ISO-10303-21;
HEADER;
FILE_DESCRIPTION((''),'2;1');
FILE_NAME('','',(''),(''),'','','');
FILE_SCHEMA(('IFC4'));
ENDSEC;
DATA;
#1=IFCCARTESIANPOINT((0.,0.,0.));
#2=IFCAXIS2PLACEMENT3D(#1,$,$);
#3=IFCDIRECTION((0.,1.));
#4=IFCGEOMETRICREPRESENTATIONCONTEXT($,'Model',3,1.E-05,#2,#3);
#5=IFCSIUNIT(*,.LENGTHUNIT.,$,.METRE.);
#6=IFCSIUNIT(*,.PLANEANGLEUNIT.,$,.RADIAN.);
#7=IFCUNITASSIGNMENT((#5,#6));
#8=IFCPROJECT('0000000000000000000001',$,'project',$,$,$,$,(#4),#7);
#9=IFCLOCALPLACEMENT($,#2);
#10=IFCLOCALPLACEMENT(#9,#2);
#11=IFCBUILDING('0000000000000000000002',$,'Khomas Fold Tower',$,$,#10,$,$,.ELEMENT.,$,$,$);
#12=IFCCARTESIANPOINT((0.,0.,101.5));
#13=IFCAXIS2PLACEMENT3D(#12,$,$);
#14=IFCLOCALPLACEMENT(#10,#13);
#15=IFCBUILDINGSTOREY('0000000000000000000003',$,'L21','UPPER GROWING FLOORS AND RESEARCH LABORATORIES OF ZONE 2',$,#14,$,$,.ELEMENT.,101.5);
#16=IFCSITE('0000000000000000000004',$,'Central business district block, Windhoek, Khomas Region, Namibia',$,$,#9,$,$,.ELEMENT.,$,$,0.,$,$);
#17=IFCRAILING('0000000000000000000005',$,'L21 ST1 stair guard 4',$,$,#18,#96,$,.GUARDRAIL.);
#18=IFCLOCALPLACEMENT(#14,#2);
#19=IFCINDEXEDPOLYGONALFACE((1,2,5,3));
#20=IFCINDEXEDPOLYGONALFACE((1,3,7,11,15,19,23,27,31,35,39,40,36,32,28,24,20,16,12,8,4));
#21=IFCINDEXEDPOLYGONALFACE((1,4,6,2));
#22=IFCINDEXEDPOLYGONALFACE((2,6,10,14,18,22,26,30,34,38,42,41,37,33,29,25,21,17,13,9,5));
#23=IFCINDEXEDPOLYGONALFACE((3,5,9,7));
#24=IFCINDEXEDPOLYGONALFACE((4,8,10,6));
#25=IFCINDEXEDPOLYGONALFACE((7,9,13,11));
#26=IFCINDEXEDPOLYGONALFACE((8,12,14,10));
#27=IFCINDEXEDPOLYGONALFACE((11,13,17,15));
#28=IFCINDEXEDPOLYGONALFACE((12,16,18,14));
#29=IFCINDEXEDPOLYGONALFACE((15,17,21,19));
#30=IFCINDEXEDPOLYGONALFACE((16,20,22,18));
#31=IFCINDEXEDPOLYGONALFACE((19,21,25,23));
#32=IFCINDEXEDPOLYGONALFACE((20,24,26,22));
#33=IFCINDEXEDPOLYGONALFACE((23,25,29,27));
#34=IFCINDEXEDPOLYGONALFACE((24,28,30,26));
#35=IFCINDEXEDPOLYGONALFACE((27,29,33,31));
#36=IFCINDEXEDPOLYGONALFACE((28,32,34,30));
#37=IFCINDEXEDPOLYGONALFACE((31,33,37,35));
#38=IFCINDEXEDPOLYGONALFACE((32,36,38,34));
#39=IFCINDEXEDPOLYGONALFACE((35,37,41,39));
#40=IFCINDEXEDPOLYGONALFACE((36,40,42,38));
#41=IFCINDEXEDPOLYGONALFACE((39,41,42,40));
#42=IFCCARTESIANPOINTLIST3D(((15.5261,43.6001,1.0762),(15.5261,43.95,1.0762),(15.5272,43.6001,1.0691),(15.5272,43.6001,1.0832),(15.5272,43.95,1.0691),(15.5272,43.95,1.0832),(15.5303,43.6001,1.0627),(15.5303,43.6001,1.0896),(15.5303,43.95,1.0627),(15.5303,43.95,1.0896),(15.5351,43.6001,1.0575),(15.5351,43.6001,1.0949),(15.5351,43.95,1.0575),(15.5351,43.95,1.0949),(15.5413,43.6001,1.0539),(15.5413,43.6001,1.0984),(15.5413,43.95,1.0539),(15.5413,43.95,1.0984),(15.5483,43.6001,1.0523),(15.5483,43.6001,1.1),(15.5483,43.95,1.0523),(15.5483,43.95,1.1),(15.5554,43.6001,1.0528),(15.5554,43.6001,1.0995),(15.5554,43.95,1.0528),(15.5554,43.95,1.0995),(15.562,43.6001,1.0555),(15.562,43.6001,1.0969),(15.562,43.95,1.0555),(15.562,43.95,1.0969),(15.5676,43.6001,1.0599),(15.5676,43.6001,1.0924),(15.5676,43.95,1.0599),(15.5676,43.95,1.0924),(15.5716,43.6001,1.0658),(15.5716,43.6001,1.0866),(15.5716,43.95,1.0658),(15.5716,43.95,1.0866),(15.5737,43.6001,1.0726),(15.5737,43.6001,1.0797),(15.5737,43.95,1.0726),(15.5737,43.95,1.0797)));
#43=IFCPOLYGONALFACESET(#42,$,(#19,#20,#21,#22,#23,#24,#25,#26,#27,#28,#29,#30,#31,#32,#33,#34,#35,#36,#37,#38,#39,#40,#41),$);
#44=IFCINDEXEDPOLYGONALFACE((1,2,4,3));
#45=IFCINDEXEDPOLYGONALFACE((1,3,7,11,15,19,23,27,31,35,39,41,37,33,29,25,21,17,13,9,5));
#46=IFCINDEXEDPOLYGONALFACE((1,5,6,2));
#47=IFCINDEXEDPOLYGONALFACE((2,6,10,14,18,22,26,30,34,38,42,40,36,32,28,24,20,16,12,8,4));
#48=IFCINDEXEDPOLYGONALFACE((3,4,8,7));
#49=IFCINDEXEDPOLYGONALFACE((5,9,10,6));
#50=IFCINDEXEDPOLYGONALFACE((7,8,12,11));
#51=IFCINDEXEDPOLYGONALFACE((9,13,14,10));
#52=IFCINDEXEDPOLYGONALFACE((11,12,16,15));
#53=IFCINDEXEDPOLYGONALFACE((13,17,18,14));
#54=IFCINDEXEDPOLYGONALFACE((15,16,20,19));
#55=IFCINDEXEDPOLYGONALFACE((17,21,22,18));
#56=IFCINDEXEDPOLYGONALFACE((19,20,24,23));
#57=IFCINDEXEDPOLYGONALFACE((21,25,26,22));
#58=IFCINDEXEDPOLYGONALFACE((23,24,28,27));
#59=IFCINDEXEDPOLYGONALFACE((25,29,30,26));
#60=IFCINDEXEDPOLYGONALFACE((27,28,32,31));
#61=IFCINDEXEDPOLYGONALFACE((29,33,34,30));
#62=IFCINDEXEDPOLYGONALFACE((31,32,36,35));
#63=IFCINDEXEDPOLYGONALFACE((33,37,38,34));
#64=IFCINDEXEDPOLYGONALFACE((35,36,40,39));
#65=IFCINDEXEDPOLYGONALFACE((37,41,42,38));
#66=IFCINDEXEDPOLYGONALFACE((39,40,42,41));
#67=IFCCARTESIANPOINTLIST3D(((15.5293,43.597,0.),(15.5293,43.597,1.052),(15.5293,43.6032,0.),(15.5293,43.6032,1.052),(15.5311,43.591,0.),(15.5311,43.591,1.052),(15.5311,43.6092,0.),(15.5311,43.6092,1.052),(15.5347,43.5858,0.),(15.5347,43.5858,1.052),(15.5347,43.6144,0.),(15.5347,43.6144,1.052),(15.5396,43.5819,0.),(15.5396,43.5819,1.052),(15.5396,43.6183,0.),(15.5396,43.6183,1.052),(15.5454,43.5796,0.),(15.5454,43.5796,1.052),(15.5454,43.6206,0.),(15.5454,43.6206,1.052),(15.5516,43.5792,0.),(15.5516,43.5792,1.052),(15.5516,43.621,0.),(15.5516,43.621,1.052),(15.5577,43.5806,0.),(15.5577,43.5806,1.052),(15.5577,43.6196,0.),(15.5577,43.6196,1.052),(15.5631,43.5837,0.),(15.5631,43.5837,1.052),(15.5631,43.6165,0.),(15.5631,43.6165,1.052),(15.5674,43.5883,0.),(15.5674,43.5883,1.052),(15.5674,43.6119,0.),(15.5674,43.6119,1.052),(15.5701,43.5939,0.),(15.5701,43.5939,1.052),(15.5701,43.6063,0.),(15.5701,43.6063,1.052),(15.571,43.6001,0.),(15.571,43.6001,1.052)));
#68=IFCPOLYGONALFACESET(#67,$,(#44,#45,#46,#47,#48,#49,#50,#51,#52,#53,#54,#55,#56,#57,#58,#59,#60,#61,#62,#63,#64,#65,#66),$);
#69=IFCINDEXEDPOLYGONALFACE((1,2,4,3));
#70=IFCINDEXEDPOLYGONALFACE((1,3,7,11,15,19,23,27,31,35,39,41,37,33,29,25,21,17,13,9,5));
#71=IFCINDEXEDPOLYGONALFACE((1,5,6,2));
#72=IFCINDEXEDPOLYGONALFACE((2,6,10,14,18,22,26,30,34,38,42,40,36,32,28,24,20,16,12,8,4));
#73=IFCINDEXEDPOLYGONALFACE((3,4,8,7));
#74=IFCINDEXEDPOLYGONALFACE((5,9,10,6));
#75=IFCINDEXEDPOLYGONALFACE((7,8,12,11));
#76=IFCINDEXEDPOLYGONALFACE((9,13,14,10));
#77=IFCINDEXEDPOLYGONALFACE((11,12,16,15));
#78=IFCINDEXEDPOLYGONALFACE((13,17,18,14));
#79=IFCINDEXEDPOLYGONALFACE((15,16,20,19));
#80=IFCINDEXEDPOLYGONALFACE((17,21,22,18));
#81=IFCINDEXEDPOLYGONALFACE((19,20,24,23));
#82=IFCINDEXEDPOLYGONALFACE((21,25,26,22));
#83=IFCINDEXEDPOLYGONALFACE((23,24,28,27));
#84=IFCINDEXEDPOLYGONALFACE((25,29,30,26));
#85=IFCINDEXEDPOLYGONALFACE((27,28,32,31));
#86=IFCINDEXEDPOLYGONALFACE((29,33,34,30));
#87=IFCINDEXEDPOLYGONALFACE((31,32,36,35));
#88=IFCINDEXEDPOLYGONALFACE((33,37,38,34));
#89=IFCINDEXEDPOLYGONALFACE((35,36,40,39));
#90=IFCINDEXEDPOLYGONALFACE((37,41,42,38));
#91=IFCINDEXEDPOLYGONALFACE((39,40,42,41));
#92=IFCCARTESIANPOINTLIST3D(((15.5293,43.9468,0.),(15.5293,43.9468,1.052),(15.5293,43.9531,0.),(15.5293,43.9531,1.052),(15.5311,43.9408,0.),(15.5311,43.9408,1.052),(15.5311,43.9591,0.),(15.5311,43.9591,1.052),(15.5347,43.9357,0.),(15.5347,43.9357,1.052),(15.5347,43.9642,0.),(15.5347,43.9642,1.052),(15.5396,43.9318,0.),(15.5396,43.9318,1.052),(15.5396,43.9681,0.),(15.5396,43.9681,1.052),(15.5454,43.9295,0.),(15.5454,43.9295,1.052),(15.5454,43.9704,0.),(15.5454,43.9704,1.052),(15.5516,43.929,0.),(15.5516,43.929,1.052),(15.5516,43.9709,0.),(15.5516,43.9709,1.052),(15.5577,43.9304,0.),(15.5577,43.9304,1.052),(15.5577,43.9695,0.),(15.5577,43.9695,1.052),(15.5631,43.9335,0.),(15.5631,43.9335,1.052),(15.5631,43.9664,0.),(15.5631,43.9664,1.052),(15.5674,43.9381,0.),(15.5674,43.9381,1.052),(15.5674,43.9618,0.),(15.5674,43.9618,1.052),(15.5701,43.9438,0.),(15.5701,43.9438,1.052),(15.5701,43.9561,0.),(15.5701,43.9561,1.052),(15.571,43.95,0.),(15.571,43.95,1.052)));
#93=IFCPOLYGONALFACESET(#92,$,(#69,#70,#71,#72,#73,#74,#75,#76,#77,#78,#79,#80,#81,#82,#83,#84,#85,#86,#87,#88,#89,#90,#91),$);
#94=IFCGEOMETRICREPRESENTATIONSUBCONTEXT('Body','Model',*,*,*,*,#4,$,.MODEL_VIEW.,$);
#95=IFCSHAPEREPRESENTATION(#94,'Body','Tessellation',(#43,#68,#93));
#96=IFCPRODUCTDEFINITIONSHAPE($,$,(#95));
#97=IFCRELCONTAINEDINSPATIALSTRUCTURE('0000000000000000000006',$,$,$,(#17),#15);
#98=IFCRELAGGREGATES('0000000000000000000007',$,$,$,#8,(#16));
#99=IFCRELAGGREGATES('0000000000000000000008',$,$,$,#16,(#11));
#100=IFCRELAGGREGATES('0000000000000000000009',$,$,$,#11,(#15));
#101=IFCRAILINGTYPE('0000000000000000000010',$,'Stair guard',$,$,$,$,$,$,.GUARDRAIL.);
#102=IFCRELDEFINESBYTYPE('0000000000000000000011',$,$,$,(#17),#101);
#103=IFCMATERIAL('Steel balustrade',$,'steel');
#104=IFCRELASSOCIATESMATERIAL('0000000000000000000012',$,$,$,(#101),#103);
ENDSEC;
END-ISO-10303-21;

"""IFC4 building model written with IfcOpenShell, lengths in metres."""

from ifc_helpers import new_model, si_unit, direction, frame, origin, origin_2d, place, context, subcontext, project, spatial, circle, extrude, source, transform, mapped, material, type_object, element, save


model = new_model("IFC4")

# Units and contexts
model_context = context("Model", 3, precision=1e-05, world=origin(), true_north=direction((0.0, 1.0)))
body_context = subcontext(model_context, "Body", "Model", "MODEL_VIEW")
ifc_project = project(units=[si_unit("LENGTHUNIT", "METRE"), si_unit("PLANEANGLEUNIT", "RADIAN")], contexts=[model_context])

# Site, building, storey
site_placement = place(None, origin())
site = spatial("IfcSite", under=ifc_project, at=site_placement, Name="Central business district block, Windhoek, Khomas Region, Namibia", CompositionType="ELEMENT", RefElevation=0.0)
building_placement = place(site_placement, origin())
building = spatial("IfcBuilding", under=site, at=building_placement, Name="Khomas Fold Tower", CompositionType="ELEMENT")
storey_placement = place(building_placement, frame((0.0, 0.0, 101.5)))
storey = spatial("IfcBuildingStorey", under=building, at=storey_placement, Name="L21", Description="UPPER GROWING FLOORS AND RESEARCH LABORATORIES OF ZONE 2", CompositionType="ELEMENT", Elevation=101.5)

# Railing
ifc_material_1 = material(Name="Steel balustrade", Category="steel")
railing_type_1 = type_object("IfcRailingType", Name="Stair guard", PredefinedType="GUARDRAIL", material=ifc_material_1)
shared_shape_1 = source(origin(), body_context, "Body", "SweptSolid", [
    extrude(circle(Radius=0.0239, at=origin_2d()), frame((0.0, 0.0, 1.0762), z_axis=(0.0, 1.0, 0.0), x_axis=(-1.0, 0.0, 0.0)), (0.0, 0.0, 1.0), 0.3499),
    extrude(circle(Radius=0.021, at=origin_2d()), origin(), (0.0, 0.0, 1.0), 1.052),
    extrude(circle(Radius=0.021, at=origin_2d()), frame((0.0, 0.3499, 0.0)), (0.0, 0.0, 1.0), 1.052),
])
for number, where, name in (
    (1, (15.55, 43.6001, 0.0), "L21 ST1 stair guard 4"),
):
    element("IfcRailing", number, at=place(storey_placement, frame(where)), inside=storey, type_object=railing_type_1, Name=name, PredefinedType="GUARDRAIL", context=body_context, shape_type="MappedRepresentation", body=[
        mapped(shared_shape_1, transform((0.0, 0.0, 0.0))),
    ])

save(model, "model.ifc")
